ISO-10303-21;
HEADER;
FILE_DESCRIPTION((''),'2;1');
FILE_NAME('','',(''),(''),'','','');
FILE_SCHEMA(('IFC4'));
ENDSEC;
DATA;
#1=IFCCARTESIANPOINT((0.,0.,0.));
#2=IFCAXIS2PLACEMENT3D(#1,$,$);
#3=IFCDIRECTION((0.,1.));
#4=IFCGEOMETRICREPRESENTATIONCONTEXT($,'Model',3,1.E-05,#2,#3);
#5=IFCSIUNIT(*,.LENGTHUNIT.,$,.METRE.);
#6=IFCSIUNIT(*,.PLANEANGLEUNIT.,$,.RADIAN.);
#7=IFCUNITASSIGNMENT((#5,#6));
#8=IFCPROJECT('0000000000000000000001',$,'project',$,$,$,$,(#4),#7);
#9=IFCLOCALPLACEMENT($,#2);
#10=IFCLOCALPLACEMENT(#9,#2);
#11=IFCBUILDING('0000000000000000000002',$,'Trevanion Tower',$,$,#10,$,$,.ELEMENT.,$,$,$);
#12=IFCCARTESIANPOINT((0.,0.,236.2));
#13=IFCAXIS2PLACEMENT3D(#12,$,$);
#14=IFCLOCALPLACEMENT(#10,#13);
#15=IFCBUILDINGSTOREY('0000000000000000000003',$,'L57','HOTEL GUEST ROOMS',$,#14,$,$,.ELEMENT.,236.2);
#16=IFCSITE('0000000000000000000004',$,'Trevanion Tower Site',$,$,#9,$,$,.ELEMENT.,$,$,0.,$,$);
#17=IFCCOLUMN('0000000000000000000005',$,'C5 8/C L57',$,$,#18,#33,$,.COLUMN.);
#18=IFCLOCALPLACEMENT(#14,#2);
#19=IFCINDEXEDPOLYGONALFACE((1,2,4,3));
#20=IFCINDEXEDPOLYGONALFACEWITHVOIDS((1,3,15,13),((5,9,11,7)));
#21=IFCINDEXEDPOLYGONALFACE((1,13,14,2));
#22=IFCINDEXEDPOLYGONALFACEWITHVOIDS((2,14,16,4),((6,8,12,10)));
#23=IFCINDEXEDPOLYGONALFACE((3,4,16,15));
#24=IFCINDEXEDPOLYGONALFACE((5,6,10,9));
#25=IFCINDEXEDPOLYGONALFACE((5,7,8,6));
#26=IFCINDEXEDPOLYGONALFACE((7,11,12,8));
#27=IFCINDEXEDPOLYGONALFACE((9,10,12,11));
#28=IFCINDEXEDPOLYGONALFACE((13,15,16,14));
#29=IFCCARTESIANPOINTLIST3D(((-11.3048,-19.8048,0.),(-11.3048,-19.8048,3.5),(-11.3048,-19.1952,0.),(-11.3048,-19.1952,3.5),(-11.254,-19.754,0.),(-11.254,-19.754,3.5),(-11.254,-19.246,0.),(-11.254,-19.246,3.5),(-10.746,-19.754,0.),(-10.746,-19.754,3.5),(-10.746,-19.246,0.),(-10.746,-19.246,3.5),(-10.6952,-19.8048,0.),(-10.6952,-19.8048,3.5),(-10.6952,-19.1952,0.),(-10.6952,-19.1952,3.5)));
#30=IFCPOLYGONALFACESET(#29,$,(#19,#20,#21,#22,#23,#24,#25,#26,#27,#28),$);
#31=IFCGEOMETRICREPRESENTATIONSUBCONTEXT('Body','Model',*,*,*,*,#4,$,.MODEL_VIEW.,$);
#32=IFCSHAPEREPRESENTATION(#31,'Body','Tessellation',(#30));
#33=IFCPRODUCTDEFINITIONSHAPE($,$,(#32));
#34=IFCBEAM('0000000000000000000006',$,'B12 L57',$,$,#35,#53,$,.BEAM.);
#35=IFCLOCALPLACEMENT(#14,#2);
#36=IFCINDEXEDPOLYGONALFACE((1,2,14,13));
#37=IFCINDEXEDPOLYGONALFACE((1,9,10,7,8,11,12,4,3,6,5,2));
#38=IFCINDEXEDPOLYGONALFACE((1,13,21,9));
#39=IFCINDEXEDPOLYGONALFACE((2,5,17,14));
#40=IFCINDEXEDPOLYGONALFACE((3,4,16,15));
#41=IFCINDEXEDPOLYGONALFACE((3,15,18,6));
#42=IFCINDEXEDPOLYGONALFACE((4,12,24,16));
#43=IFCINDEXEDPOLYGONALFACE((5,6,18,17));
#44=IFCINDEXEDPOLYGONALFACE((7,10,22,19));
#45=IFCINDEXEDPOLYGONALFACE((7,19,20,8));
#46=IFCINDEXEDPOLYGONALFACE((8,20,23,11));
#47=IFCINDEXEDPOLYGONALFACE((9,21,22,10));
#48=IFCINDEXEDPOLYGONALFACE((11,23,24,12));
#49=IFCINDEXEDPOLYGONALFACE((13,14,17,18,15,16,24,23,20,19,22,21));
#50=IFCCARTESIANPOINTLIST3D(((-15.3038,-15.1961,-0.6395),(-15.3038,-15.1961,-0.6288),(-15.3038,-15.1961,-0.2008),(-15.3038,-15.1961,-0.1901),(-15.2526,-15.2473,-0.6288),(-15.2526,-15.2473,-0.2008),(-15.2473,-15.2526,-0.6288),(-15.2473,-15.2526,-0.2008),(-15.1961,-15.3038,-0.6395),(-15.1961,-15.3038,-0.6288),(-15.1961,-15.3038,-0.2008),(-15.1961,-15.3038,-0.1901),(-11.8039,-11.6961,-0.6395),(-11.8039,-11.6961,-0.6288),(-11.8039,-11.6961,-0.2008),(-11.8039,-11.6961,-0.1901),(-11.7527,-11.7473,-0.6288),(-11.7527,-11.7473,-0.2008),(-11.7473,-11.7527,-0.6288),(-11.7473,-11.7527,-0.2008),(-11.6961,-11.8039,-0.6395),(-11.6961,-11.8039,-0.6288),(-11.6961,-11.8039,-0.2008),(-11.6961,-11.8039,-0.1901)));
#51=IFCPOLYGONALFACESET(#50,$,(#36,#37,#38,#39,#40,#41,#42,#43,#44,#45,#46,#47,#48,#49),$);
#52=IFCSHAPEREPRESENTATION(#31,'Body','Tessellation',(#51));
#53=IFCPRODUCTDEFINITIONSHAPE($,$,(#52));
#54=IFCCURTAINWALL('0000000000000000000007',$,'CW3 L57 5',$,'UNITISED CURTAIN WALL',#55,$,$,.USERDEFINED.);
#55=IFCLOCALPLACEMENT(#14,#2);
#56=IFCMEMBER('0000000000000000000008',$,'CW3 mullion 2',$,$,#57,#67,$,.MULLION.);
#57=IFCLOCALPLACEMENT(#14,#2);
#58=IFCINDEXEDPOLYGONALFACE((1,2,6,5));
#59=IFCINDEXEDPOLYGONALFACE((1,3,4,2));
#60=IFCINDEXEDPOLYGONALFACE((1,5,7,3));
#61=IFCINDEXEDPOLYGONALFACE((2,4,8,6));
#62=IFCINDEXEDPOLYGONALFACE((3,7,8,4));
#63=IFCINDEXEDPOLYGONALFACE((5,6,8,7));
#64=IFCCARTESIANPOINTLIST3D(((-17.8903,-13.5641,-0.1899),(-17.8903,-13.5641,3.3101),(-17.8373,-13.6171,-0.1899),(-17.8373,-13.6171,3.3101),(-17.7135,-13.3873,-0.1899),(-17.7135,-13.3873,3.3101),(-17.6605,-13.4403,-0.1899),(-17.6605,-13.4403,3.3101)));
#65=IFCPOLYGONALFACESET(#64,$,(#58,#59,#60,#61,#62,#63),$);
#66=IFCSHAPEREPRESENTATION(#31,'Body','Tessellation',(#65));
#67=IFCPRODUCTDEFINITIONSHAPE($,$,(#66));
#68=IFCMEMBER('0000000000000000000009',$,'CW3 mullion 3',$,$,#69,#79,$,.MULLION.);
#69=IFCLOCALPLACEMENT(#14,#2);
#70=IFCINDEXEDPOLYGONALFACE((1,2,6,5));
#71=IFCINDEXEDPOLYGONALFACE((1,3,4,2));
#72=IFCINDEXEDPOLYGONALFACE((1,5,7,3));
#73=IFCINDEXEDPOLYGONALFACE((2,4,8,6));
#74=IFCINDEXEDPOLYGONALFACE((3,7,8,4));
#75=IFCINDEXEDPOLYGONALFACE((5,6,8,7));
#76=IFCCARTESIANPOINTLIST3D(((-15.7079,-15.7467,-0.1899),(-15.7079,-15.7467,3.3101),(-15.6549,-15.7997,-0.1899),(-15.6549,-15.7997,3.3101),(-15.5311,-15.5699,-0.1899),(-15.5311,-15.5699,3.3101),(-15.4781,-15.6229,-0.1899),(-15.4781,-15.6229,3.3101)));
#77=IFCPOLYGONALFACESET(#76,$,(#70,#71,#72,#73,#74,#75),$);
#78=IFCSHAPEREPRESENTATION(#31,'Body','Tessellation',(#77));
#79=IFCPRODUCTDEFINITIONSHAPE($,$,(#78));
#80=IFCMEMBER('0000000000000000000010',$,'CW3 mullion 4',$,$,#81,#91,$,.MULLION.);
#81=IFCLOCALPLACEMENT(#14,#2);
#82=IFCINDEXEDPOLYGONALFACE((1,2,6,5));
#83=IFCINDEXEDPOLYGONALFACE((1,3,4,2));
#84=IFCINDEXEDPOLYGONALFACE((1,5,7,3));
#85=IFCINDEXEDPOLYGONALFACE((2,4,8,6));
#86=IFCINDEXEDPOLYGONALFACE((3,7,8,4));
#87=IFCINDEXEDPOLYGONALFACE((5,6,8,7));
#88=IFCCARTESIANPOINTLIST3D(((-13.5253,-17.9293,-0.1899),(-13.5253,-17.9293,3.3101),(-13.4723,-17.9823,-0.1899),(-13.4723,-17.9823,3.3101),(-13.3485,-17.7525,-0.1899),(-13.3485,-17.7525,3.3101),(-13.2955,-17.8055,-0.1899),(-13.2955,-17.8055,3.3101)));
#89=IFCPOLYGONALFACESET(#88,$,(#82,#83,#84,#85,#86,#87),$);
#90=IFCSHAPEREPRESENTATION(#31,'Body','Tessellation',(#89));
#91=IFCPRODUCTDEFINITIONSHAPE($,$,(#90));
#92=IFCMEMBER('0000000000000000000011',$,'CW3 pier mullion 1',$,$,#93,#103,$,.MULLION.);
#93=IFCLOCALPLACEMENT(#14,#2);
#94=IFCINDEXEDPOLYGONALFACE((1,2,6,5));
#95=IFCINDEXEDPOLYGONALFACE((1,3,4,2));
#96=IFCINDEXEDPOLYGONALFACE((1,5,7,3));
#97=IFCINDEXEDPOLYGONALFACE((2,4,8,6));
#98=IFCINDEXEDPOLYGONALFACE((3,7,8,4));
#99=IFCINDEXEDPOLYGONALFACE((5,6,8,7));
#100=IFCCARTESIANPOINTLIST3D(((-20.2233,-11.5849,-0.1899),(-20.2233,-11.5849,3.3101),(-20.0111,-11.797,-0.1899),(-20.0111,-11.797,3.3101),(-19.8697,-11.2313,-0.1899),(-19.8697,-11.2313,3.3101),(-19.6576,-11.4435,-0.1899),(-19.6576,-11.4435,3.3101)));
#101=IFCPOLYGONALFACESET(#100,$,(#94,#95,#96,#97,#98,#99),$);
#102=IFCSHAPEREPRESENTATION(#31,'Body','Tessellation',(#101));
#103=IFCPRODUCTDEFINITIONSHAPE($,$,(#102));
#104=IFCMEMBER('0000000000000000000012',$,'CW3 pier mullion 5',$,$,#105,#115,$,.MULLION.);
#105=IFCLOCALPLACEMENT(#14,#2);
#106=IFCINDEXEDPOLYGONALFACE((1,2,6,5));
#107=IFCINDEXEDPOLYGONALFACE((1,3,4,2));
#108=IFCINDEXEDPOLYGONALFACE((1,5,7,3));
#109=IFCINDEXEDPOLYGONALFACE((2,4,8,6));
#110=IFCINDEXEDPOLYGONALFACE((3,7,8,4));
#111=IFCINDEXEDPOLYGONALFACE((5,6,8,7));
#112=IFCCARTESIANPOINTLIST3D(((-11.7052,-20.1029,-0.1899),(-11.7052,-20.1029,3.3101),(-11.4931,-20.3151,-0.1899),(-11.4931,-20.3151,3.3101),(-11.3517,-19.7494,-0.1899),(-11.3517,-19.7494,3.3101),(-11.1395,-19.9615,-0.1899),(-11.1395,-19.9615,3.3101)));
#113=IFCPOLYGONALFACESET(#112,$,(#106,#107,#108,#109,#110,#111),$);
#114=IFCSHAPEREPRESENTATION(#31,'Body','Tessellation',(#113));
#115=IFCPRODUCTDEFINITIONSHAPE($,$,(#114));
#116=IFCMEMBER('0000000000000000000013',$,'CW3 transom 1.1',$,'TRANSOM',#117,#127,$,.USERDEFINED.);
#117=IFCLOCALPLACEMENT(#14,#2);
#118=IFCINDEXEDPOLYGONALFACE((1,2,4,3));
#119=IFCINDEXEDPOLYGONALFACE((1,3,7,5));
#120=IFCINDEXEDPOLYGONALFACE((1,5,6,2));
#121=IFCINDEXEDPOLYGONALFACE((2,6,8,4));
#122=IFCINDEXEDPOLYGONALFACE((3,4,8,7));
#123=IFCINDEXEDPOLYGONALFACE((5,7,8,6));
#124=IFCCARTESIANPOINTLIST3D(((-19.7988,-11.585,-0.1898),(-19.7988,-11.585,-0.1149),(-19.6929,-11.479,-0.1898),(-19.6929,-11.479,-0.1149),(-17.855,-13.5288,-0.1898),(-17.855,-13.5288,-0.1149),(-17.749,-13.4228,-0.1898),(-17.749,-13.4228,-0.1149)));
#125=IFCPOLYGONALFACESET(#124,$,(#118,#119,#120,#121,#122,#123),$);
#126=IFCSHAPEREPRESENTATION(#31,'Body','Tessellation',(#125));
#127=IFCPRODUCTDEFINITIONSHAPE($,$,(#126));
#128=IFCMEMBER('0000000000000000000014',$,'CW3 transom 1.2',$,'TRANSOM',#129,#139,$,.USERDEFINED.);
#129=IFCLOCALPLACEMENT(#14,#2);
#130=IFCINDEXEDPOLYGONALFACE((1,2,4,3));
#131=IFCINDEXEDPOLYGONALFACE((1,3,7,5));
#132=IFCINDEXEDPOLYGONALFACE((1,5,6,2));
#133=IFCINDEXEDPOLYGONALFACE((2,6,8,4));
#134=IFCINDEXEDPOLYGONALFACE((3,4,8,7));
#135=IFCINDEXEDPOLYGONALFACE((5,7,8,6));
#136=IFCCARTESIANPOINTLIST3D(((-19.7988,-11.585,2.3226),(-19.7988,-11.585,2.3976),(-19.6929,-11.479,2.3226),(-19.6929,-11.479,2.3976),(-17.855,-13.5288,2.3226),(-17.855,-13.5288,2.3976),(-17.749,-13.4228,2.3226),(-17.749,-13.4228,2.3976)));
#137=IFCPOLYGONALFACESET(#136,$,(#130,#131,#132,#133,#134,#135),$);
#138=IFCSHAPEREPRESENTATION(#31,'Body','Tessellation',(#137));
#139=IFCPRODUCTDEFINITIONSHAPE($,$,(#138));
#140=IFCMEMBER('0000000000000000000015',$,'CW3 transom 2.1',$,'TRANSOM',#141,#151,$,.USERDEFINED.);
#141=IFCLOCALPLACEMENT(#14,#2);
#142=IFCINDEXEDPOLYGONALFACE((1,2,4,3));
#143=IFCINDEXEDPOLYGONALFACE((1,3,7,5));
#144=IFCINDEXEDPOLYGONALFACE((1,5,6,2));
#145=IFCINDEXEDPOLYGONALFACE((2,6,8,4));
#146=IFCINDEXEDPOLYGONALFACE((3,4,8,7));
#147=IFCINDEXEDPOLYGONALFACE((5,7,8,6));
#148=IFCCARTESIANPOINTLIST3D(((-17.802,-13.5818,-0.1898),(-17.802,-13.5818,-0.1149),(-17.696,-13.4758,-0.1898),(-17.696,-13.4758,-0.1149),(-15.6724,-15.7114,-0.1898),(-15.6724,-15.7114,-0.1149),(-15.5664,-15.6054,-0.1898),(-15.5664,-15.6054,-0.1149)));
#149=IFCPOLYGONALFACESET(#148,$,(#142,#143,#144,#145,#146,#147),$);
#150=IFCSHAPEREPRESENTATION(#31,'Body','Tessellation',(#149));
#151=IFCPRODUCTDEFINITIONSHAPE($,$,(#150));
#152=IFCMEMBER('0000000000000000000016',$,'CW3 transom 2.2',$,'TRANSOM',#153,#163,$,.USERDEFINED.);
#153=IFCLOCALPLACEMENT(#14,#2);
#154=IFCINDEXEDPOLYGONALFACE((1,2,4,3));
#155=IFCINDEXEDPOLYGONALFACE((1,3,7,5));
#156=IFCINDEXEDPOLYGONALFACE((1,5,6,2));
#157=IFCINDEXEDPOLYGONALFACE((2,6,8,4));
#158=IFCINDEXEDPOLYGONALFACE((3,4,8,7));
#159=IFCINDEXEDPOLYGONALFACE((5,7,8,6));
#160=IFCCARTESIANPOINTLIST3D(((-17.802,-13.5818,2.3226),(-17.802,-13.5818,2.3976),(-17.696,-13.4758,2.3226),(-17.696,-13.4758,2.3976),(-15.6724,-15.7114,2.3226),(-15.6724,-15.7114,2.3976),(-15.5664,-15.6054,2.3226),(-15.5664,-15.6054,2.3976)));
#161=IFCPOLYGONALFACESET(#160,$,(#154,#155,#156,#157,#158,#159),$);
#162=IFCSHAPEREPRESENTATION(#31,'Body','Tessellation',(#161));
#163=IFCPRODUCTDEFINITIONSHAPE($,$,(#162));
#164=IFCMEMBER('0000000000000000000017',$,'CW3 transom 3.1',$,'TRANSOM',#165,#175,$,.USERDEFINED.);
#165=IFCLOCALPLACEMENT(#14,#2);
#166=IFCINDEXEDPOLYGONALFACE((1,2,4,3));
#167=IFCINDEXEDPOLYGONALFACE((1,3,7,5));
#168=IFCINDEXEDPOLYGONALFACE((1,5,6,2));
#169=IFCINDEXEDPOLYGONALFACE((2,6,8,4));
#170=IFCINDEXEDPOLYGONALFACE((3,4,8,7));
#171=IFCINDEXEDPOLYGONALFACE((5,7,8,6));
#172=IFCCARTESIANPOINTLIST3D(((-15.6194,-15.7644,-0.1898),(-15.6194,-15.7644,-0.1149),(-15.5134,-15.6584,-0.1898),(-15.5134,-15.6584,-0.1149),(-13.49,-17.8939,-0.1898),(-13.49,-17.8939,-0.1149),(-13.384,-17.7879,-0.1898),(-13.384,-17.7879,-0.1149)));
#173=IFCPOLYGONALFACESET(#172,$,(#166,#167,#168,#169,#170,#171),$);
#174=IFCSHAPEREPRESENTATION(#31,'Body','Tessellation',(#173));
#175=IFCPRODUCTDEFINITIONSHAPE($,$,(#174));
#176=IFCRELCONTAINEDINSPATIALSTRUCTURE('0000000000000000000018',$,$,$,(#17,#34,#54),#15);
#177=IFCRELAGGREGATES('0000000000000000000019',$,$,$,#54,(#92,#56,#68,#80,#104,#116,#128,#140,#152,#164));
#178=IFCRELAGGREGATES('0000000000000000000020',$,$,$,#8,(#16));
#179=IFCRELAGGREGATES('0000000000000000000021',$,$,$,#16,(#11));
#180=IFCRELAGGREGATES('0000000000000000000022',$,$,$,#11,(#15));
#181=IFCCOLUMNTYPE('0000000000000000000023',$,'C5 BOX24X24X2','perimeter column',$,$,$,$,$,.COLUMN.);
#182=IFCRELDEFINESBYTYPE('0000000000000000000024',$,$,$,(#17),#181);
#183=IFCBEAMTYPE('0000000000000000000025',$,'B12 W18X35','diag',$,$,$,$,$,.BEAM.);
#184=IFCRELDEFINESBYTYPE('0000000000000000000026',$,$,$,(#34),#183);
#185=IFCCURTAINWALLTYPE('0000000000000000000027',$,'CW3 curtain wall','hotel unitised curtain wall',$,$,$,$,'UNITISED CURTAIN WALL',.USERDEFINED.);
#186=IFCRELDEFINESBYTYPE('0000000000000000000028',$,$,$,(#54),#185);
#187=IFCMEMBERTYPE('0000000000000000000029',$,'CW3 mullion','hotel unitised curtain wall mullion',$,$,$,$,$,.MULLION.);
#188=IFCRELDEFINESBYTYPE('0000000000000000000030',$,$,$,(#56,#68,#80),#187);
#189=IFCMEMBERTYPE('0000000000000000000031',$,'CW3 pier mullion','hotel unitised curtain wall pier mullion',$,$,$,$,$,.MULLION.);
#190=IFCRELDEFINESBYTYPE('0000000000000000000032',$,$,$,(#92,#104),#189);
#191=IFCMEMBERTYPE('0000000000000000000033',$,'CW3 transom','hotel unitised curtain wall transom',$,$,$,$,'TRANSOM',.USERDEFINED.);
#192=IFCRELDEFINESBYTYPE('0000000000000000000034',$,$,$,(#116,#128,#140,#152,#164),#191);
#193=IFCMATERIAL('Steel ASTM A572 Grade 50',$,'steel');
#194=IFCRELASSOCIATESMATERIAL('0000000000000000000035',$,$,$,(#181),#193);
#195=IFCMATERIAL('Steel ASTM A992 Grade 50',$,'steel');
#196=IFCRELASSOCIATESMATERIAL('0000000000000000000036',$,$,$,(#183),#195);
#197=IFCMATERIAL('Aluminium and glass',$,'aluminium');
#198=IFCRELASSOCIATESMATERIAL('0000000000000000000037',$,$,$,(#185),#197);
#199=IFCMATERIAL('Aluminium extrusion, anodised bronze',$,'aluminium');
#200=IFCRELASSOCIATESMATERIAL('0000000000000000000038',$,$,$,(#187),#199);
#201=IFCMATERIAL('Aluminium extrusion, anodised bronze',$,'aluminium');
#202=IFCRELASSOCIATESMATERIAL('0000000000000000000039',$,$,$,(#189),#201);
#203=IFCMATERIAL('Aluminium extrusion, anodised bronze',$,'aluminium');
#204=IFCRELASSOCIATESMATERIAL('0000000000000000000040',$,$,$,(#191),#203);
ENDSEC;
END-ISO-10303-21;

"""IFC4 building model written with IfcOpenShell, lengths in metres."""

from ifc_helpers import new_model, si_unit, direction, frame, origin, origin_2d, place, context, subcontext, project, spatial, rectangle, hollow_rectangle, i_section, extrude, material, material_profile, profile_set, type_object, element, aggregate, save


model = new_model("IFC4")

# Units and contexts
model_context = context("Model", 3, precision=1e-05, world=origin(), true_north=direction((0.0, 1.0)))
body_context = subcontext(model_context, "Body", "Model", "MODEL_VIEW")
ifc_project = project(units=[si_unit("LENGTHUNIT", "METRE"), si_unit("PLANEANGLEUNIT", "RADIAN")], contexts=[model_context])

# Site, building, storey
site_placement = place(None, origin())
site = spatial("IfcSite", under=ifc_project, at=site_placement, Name="Trevanion Tower Site", CompositionType="ELEMENT", RefElevation=0.0)
building_placement = place(site_placement, origin())
building = spatial("IfcBuilding", under=site, at=building_placement, Name="Trevanion Tower", CompositionType="ELEMENT")
storey_placement = place(building_placement, frame((0.0, 0.0, 236.2)))
storey = spatial("IfcBuildingStorey", under=building, at=storey_placement, Name="L57", Description="HOTEL GUEST ROOMS", CompositionType="ELEMENT", Elevation=236.2)

# Column
ifc_material_1 = material(Name="Steel ASTM A572 Grade 50", Category="steel")
ifc_material_profile_1 = material_profile(ifc_material_1, hollow_rectangle(XDim=0.6096, YDim=0.6096, WallThickness=0.0508, at=origin_2d()), Name="BOX24X24X2")
ifc_profile_set_1 = profile_set([ifc_material_profile_1], Name="Steel ASTM A572 Grade 50")
column_type = type_object("IfcColumnType", Name="C5 BOX24X24X2", Description="perimeter column", PredefinedType="COLUMN", material=ifc_profile_set_1)
column_placement = place(storey_placement, frame((-11.0, -19.5, 0.0), z_axis=(0.0, 0.0, 1.0), x_axis=(1.0, 0.0, 0.0)))
element("IfcColumn", 1, at=column_placement, inside=storey, type_object=column_type, Name="C5 8/C L57", PredefinedType="COLUMN", context=body_context, shape_type="SweptSolid", body=[
    extrude(hollow_rectangle(XDim=0.6096, YDim=0.6096, WallThickness=0.0508, at=origin_2d()), origin(), (0.0, 0.0, 1.0), 3.5),
])

# Beam
ifc_material_2 = material(Name="Steel ASTM A992 Grade 50", Category="steel")
ifc_material_profile_2 = material_profile(ifc_material_2, i_section(OverallWidth=0.1523, OverallDepth=0.4495, WebThickness=0.0076, FlangeThickness=0.0107, at=origin_2d()), Name="W18X35")
ifc_profile_set_2 = profile_set([ifc_material_profile_2], Name="Steel ASTM A992 Grade 50")
beam_type_1 = type_object("IfcBeamType", Name="B12 W18X35", Description="diag", PredefinedType="BEAM", material=ifc_profile_set_2)
beam_1_placement = place(storey_placement, frame((-11.75, -11.75, -0.4148), z_axis=(-0.707107, -0.707107, 0.0), x_axis=(0.707107, -0.707107, 0.0)))
element("IfcBeam", 2, at=beam_1_placement, inside=storey, type_object=beam_type_1, Name="B12 L57", PredefinedType="BEAM", context=body_context, shape_type="SweptSolid", body=[
    extrude(i_section(OverallWidth=0.1523, OverallDepth=0.4495, WebThickness=0.0076, FlangeThickness=0.0107, at=origin_2d()), origin(), (0.0, 0.0, 1.0), 4.9497),
])

# Curtain wall, members
ifc_material_3 = material(Name="Aluminium and glass", Category="aluminium")
curtain_wall_type = type_object("IfcCurtainWallType", Name="CW3 curtain wall", Description="hotel unitised curtain wall", ElementType="UNITISED CURTAIN WALL", PredefinedType="USERDEFINED", material=ifc_material_3)
curtain_wall_placement = place(storey_placement, origin())
curtain_wall = element("IfcCurtainWall", 3, at=curtain_wall_placement, inside=storey, type_object=curtain_wall_type, Name="CW3 L57 5", ObjectType="UNITISED CURTAIN WALL", PredefinedType="USERDEFINED")
ifc_material_4 = material(Name="Aluminium extrusion, anodised bronze", Category="aluminium")
ifc_material_profile_3 = material_profile(ifc_material_4, rectangle(XDim=0.075, YDim=0.25, at=origin_2d()), Name="CW3 mullion")
ifc_profile_set_3 = profile_set([ifc_material_profile_3], Name="Aluminium extrusion, anodised bronze")
member_type_1 = type_object("IfcMemberType", Name="CW3 mullion", Description="hotel unitised curtain wall mullion", PredefinedType="MULLION", material=ifc_profile_set_3)
member_1_placement = place(storey_placement, frame((-17.7754, -13.5022, -0.1899), z_axis=(0.0, 0.0, 1.0), x_axis=(0.707107, -0.707107, 0.0)))
member_1 = element("IfcMember", 4, at=member_1_placement, type_object=member_type_1, Name="CW3 mullion 2", PredefinedType="MULLION", context=body_context, shape_type="SweptSolid", body=[
    extrude(rectangle(XDim=0.075, YDim=0.25, at=origin_2d()), origin(), (0.0, 0.0, 1.0), 3.5),
])
member_2_placement = place(storey_placement, frame((-15.593, -15.6848, -0.1899), z_axis=(0.0, 0.0, 1.0), x_axis=(0.707107, -0.707107, 0.0)))
member_2 = element("IfcMember", 5, at=member_2_placement, type_object=member_type_1, Name="CW3 mullion 3", PredefinedType="MULLION", context=body_context, shape_type="SweptSolid", body=[
    extrude(rectangle(XDim=0.075, YDim=0.25, at=origin_2d()), origin(), (0.0, 0.0, 1.0), 3.5),
])
member_3_placement = place(storey_placement, frame((-13.4104, -17.8674, -0.1899), z_axis=(0.0, 0.0, 1.0), x_axis=(0.707107, -0.707107, 0.0)))
member_3 = element("IfcMember", 6, at=member_3_placement, type_object=member_type_1, Name="CW3 mullion 4", PredefinedType="MULLION", context=body_context, shape_type="SweptSolid", body=[
    extrude(rectangle(XDim=0.075, YDim=0.25, at=origin_2d()), origin(), (0.0, 0.0, 1.0), 3.5),
])
ifc_material_5 = material(Name="Aluminium extrusion, anodised bronze", Category="aluminium")
ifc_material_profile_4 = material_profile(ifc_material_5, rectangle(XDim=0.3, YDim=0.5, at=origin_2d()), Name="CW3 pier mullion")
ifc_profile_set_4 = profile_set([ifc_material_profile_4], Name="Aluminium extrusion, anodised bronze")
member_type_2 = type_object("IfcMemberType", Name="CW3 pier mullion", Description="hotel unitised curtain wall pier mullion", PredefinedType="MULLION", material=ifc_profile_set_4)
member_4_placement = place(storey_placement, frame((-19.9404, -11.5142, -0.1899), z_axis=(0.0, 0.0, 1.0), x_axis=(0.707107, -0.707107, 0.0)))
member_4 = element("IfcMember", 7, at=member_4_placement, type_object=member_type_2, Name="CW3 pier mullion 1", PredefinedType="MULLION", context=body_context, shape_type="SweptSolid", body=[
    extrude(rectangle(XDim=0.3, YDim=0.5, at=origin_2d()), origin(), (0.0, 0.0, 1.0), 3.5),
])
member_5_placement = place(storey_placement, frame((-11.4224, -20.0322, -0.1899), z_axis=(0.0, 0.0, 1.0), x_axis=(0.707107, -0.707107, 0.0)))
member_5 = element("IfcMember", 8, at=member_5_placement, type_object=member_type_2, Name="CW3 pier mullion 5", PredefinedType="MULLION", context=body_context, shape_type="SweptSolid", body=[
    extrude(rectangle(XDim=0.3, YDim=0.5, at=origin_2d()), origin(), (0.0, 0.0, 1.0), 3.5),
])
ifc_material_6 = material(Name="Aluminium extrusion, anodised bronze", Category="aluminium")
ifc_material_profile_5 = material_profile(ifc_material_6, rectangle(XDim=0.1499, YDim=0.075, at=origin_2d()), Name="CW3 transom")
ifc_profile_set_5 = profile_set([ifc_material_profile_5], Name="Aluminium extrusion, anodised bronze")
member_type_3 = type_object("IfcMemberType", Name="CW3 transom", Description="hotel unitised curtain wall transom", ElementType="TRANSOM", PredefinedType="USERDEFINED", material=ifc_profile_set_5)
member_6_placement = place(storey_placement, frame((-19.7458, -11.532, -0.1523), z_axis=(0.707107, -0.707107, 0.0), x_axis=(0.707107, 0.707107, 0.0)))
member_6 = element("IfcMember", 9, at=member_6_placement, type_object=member_type_3, Name="CW3 transom 1.1", ObjectType="TRANSOM", PredefinedType="USERDEFINED", context=body_context, shape_type="SweptSolid", body=[
    extrude(rectangle(XDim=0.1499, YDim=0.075, at=origin_2d()), origin(), (0.0, 0.0, 1.0), 2.749),
])
member_7_placement = place(storey_placement, frame((-19.7458, -11.532, 2.3601), z_axis=(0.707107, -0.707107, 0.0), x_axis=(0.707107, 0.707107, 0.0)))
member_7 = element("IfcMember", 10, at=member_7_placement, type_object=member_type_3, Name="CW3 transom 1.2", ObjectType="TRANSOM", PredefinedType="USERDEFINED", context=body_context, shape_type="SweptSolid", body=[
    extrude(rectangle(XDim=0.1499, YDim=0.075, at=origin_2d()), origin(), (0.0, 0.0, 1.0), 2.749),
])
member_8_placement = place(storey_placement, frame((-17.749, -13.5288, -0.1523), z_axis=(0.707107, -0.707107, 0.0), x_axis=(0.707107, 0.707107, 0.0)))
member_8 = element("IfcMember", 11, at=member_8_placement, type_object=member_type_3, Name="CW3 transom 2.1", ObjectType="TRANSOM", PredefinedType="USERDEFINED", context=body_context, shape_type="SweptSolid", body=[
    extrude(rectangle(XDim=0.1499, YDim=0.075, at=origin_2d()), origin(), (0.0, 0.0, 1.0), 3.0117),
])
member_9_placement = place(storey_placement, frame((-17.749, -13.5288, 2.3601), z_axis=(0.707107, -0.707107, 0.0), x_axis=(0.707107, 0.707107, 0.0)))
member_9 = element("IfcMember", 12, at=member_9_placement, type_object=member_type_3, Name="CW3 transom 2.2", ObjectType="TRANSOM", PredefinedType="USERDEFINED", context=body_context, shape_type="SweptSolid", body=[
    extrude(rectangle(XDim=0.1499, YDim=0.075, at=origin_2d()), origin(), (0.0, 0.0, 1.0), 3.0117),
])
member_10_placement = place(storey_placement, frame((-15.5664, -15.7114, -0.1523), z_axis=(0.707107, -0.707107, 0.0), x_axis=(0.707107, 0.707107, 0.0)))
member_10 = element("IfcMember", 13, at=member_10_placement, type_object=member_type_3, Name="CW3 transom 3.1", ObjectType="TRANSOM", PredefinedType="USERDEFINED", context=body_context, shape_type="SweptSolid", body=[
    extrude(rectangle(XDim=0.1499, YDim=0.075, at=origin_2d()), origin(), (0.0, 0.0, 1.0), 3.0115),
])

aggregate(curtain_wall, [member_4, member_1, member_2, member_3, member_5, member_6, member_7, member_8, member_9, member_10])

save(model, "model.ifc")
